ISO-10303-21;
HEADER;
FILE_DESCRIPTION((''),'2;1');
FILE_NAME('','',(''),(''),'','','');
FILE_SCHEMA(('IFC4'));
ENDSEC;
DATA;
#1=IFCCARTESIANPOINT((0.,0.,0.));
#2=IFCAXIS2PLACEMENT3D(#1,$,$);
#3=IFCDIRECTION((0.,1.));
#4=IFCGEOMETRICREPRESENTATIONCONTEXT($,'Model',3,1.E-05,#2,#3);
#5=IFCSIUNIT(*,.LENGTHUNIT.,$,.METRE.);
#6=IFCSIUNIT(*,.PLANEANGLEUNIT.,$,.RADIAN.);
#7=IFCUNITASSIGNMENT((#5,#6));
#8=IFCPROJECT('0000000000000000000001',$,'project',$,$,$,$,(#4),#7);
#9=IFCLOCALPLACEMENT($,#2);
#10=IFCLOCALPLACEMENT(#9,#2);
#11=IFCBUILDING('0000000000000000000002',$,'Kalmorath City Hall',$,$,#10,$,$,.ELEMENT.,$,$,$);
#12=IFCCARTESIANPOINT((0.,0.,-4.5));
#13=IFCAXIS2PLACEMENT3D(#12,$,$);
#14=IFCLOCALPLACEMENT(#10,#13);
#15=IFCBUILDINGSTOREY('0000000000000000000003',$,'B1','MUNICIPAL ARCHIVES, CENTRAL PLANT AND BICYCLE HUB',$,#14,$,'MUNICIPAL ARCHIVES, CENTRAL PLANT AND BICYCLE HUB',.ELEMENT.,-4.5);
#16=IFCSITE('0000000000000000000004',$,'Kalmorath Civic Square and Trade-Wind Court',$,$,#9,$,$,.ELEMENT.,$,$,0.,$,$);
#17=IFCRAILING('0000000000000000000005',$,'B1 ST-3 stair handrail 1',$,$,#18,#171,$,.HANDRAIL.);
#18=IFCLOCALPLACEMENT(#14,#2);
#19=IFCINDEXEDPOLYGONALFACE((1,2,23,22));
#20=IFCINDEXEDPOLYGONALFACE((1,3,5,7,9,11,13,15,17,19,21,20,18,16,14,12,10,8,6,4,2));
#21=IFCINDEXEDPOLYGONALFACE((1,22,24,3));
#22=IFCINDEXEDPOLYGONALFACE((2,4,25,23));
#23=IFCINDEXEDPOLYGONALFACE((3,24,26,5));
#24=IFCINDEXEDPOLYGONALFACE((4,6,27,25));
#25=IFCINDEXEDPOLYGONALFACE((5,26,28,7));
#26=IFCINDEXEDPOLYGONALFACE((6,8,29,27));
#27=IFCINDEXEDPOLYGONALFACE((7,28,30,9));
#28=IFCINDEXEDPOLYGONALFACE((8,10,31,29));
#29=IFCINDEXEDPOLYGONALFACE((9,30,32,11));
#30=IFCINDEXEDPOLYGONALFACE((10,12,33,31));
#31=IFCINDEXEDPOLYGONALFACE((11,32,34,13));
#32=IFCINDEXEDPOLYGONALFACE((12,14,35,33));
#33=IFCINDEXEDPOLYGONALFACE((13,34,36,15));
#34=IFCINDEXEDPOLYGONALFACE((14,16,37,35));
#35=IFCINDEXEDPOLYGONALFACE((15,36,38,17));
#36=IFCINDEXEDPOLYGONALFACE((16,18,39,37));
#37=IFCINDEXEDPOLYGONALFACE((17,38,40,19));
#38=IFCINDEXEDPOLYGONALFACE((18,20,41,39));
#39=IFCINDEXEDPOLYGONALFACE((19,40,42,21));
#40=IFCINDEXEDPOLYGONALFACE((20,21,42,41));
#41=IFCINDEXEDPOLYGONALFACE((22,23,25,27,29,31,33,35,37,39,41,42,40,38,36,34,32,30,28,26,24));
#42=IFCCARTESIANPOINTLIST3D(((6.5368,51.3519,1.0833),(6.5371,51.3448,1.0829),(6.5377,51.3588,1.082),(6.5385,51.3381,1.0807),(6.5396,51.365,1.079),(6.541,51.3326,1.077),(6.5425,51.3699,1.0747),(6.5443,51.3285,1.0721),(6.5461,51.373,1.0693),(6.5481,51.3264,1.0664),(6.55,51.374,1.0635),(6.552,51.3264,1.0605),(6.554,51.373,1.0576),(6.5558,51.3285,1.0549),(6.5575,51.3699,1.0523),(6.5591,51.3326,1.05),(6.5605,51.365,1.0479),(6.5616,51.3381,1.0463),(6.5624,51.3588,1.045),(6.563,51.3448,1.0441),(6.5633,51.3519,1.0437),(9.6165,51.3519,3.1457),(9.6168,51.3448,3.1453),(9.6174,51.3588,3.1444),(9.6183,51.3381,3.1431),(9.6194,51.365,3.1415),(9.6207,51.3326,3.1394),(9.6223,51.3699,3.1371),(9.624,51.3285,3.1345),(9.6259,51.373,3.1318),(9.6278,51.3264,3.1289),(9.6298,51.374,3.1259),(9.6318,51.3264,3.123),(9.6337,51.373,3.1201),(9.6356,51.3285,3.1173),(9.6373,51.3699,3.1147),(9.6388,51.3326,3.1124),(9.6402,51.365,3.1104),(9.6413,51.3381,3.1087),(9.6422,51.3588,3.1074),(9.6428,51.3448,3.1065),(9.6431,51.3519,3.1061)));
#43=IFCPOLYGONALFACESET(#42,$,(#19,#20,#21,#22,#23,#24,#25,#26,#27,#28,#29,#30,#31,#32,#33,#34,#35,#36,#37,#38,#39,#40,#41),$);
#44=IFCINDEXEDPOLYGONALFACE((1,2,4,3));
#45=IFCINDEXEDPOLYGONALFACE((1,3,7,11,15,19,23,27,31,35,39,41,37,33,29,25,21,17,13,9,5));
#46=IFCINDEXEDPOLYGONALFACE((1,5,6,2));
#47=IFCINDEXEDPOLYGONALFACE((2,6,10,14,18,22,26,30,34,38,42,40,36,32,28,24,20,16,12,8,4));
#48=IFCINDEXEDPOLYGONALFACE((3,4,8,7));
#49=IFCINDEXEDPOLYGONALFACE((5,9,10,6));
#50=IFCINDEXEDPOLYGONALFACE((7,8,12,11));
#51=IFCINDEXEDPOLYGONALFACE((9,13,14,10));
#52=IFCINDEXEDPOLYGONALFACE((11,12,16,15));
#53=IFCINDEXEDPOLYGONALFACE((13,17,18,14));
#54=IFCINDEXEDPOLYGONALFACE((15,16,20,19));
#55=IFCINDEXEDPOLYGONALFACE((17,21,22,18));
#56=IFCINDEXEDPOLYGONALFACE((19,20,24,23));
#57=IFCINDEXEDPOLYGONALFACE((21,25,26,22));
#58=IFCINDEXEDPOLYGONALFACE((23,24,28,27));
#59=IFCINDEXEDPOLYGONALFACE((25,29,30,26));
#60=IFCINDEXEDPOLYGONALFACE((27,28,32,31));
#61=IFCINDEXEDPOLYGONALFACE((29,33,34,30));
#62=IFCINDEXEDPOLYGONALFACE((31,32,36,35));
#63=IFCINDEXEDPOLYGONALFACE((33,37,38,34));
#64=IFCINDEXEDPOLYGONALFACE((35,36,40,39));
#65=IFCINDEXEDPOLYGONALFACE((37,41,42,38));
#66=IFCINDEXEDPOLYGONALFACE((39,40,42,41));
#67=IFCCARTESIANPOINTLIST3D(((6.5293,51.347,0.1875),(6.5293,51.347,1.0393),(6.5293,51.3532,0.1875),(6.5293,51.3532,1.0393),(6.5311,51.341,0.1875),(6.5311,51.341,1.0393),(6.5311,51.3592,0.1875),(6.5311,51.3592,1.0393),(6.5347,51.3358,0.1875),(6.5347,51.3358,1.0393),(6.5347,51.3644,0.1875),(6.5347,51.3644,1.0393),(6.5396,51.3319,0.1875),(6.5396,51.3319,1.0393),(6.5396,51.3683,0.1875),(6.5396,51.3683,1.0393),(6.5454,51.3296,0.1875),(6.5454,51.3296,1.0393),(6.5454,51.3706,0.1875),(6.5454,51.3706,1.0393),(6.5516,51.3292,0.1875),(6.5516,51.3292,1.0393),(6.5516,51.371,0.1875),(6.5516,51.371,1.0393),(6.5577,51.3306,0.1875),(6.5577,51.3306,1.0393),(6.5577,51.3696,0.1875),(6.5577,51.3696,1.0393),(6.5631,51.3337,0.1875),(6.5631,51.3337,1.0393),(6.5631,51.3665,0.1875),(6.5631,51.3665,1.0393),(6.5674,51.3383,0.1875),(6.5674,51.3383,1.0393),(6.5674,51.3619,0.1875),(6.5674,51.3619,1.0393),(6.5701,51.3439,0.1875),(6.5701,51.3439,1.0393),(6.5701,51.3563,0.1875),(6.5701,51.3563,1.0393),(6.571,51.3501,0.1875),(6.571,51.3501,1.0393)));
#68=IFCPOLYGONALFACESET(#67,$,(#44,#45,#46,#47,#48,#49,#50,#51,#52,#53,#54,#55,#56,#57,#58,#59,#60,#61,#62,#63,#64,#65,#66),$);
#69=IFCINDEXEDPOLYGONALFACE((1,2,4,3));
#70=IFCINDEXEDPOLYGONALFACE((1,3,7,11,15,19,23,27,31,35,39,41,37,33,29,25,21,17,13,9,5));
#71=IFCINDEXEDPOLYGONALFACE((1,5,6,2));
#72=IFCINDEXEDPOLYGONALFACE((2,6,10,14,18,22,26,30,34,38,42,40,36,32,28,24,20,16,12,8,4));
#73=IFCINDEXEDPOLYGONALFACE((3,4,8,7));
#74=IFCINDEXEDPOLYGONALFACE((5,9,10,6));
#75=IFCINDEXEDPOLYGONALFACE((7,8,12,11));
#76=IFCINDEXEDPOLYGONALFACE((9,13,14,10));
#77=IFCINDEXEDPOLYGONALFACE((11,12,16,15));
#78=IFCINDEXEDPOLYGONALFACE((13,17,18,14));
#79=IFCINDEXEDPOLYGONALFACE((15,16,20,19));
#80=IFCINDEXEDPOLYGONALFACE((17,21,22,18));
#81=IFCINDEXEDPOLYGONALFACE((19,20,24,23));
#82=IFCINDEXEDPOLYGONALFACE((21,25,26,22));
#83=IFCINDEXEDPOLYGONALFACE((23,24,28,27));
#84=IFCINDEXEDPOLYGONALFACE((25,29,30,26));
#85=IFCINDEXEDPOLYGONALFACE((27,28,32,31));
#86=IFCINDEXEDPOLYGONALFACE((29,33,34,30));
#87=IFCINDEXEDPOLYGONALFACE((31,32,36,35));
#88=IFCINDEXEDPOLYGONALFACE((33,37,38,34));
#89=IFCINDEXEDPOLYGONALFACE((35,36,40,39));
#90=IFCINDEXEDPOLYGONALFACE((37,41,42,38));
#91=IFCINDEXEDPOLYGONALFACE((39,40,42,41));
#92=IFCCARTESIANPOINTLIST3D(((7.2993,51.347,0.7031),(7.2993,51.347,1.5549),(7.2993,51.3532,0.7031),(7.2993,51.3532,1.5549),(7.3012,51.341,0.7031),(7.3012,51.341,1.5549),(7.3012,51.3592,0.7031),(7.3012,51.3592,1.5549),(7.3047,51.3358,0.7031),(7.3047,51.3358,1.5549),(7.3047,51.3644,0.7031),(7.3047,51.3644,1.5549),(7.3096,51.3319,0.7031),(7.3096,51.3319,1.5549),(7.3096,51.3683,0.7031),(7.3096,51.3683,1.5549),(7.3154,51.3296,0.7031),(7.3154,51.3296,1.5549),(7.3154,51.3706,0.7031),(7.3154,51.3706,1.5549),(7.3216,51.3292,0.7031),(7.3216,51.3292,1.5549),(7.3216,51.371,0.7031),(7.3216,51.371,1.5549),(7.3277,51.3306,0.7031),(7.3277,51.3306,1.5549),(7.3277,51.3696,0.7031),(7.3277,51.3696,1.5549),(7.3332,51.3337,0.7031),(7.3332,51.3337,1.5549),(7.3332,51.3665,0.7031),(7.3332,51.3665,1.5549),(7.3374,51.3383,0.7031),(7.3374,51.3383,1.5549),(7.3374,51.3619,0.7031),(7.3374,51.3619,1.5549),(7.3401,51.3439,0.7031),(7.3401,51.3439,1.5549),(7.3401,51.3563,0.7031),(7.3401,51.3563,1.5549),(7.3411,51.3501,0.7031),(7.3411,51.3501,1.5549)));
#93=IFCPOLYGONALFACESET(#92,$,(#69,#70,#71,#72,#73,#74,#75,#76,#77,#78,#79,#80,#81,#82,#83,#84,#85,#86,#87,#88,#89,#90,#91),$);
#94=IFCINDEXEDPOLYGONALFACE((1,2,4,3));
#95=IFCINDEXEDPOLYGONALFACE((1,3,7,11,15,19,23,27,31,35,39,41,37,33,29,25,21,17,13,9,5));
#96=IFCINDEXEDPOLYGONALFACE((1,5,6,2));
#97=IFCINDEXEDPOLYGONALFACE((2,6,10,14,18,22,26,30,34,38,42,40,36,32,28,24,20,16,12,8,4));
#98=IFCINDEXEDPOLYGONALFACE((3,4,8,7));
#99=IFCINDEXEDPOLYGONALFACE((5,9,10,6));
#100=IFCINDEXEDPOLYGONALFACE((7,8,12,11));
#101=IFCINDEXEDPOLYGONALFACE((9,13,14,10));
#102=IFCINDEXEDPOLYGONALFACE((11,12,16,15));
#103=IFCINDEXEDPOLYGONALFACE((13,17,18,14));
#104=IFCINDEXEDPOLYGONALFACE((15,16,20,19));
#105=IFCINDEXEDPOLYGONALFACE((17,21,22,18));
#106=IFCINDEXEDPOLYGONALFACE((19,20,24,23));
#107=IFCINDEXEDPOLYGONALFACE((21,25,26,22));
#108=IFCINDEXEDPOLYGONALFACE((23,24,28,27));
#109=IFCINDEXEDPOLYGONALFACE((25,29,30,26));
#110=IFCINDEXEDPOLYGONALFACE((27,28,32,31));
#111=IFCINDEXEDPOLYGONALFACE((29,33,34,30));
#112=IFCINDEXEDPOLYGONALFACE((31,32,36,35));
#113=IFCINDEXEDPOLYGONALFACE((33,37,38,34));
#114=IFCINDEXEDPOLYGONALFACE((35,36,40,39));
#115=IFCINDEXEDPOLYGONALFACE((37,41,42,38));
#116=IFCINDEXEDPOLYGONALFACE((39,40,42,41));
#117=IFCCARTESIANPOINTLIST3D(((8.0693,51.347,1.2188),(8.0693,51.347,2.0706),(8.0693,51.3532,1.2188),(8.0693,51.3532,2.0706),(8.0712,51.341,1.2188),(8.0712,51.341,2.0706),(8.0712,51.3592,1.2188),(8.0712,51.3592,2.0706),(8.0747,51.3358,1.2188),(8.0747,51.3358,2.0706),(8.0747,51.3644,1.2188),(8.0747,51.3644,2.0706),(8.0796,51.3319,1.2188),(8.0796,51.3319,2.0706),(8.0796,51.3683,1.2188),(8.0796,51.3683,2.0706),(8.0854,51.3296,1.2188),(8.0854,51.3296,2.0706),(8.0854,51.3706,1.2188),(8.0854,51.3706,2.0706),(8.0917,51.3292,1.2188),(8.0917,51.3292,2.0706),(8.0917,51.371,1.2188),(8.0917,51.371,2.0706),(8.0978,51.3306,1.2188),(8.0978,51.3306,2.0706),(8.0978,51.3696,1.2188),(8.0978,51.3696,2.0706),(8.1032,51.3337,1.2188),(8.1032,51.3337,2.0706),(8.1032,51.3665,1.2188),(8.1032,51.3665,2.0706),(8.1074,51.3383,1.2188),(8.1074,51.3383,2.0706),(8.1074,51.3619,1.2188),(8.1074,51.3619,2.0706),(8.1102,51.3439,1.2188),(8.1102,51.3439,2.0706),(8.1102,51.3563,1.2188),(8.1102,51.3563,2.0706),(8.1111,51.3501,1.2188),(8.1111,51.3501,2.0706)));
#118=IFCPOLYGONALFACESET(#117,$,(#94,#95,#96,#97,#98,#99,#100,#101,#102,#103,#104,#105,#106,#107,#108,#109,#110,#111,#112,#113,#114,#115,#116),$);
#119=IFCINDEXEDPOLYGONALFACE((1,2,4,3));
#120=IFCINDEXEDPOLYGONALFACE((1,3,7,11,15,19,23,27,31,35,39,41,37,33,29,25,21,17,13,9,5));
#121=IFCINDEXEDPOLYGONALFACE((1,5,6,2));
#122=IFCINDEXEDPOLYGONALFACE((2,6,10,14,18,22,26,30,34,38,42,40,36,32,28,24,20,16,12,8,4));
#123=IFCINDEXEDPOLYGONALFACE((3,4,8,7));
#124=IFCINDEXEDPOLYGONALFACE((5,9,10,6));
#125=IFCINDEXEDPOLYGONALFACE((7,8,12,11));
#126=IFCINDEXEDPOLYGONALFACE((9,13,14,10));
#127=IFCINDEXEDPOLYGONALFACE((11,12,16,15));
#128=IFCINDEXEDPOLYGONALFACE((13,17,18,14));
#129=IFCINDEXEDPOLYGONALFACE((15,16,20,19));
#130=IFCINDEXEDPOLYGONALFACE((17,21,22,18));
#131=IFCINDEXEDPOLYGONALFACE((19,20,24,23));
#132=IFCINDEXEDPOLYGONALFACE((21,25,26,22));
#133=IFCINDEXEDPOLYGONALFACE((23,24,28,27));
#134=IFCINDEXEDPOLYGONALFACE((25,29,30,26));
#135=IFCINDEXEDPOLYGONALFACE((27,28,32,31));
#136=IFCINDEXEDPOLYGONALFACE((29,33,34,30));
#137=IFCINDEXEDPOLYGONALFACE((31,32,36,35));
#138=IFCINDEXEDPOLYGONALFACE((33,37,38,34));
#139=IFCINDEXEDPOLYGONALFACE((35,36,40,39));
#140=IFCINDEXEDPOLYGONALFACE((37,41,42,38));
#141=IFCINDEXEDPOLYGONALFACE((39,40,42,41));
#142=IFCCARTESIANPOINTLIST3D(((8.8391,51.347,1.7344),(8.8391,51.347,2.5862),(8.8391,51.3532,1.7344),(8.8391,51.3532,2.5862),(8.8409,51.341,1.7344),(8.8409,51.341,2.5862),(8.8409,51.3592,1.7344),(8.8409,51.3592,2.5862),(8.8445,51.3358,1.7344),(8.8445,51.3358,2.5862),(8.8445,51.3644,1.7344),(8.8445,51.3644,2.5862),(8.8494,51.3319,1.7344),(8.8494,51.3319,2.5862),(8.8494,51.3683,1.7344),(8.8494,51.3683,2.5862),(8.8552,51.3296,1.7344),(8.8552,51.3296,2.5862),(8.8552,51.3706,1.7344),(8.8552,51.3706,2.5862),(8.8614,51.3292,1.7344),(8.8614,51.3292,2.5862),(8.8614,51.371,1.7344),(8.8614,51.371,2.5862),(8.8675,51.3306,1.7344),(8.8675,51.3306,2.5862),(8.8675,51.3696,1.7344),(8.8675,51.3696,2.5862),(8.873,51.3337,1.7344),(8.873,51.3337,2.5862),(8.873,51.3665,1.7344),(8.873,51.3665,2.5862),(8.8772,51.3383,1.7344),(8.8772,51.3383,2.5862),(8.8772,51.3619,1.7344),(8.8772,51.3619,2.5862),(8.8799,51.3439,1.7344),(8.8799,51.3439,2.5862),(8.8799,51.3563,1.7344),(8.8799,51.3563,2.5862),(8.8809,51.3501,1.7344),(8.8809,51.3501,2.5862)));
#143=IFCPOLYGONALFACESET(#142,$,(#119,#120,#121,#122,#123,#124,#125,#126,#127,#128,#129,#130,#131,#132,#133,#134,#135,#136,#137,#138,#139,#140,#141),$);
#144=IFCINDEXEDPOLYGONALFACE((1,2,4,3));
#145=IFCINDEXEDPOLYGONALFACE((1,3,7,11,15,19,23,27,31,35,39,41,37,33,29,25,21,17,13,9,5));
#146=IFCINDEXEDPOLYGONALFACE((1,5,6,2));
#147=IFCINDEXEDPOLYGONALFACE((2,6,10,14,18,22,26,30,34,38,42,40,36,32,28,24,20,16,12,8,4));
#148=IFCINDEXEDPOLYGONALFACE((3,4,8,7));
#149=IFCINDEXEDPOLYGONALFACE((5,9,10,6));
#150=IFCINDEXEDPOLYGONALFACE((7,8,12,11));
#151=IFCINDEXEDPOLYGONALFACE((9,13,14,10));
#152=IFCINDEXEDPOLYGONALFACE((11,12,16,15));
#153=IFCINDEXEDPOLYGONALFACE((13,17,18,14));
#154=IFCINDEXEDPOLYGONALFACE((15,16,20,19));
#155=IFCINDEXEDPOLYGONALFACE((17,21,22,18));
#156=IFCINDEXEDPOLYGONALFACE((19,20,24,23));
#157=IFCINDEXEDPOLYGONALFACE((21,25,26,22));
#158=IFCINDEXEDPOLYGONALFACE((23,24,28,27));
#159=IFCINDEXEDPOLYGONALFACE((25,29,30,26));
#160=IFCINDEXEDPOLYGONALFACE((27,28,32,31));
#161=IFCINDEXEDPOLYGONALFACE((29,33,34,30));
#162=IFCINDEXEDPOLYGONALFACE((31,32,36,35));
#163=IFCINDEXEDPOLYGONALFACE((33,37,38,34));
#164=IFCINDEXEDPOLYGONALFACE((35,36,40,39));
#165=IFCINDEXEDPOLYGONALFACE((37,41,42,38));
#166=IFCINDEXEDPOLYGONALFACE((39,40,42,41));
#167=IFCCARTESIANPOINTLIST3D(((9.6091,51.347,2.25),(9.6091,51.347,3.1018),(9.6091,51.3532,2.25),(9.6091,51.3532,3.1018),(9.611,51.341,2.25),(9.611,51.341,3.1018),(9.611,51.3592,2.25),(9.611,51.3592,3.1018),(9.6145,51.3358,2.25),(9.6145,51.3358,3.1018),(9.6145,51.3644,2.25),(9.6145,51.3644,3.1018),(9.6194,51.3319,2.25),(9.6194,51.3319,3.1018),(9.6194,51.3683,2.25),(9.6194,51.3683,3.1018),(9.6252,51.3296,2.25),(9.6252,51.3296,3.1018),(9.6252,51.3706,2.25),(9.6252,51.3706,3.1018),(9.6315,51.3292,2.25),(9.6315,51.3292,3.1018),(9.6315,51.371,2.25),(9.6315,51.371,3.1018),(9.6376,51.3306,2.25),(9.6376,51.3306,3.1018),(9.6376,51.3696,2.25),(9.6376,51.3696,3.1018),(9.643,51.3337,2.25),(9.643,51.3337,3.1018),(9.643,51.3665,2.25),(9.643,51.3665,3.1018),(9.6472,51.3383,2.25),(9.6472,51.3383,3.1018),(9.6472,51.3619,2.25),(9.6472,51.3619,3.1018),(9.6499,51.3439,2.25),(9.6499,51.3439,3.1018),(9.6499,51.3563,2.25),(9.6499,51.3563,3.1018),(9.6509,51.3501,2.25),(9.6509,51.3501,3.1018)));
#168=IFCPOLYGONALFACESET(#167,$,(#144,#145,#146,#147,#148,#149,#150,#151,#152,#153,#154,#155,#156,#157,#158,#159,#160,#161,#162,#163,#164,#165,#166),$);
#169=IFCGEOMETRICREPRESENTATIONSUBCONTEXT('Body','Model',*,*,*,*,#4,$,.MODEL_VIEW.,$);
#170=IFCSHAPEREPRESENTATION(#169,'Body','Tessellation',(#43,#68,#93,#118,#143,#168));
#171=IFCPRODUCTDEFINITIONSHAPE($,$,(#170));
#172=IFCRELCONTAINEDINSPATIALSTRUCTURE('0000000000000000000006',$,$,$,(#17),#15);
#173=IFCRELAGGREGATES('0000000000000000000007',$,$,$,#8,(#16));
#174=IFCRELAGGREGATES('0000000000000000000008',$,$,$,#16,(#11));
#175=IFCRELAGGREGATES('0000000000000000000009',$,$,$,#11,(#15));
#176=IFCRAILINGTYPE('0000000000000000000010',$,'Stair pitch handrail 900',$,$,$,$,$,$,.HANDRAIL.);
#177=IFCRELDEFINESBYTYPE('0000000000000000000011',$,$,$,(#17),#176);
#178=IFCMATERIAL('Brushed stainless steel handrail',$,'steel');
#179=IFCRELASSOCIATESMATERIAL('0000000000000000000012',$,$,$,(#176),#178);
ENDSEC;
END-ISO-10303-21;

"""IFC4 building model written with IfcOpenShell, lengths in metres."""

from ifc_helpers import new_model, si_unit, direction, frame, origin, origin_2d, place, context, subcontext, project, spatial, circle, extrude, material, type_object, element, save


model = new_model("IFC4")

# Units and contexts
model_context = context("Model", 3, precision=1e-05, world=origin(), true_north=direction((0.0, 1.0)))
body_context = subcontext(model_context, "Body", "Model", "MODEL_VIEW")
ifc_project = project(units=[si_unit("LENGTHUNIT", "METRE"), si_unit("PLANEANGLEUNIT", "RADIAN")], contexts=[model_context])

# Site, building, storey
site_placement = place(None, origin())
site = spatial("IfcSite", under=ifc_project, at=site_placement, Name="Kalmorath Civic Square and Trade-Wind Court", CompositionType="ELEMENT", RefElevation=0.0)
building_placement = place(site_placement, origin())
building = spatial("IfcBuilding", under=site, at=building_placement, Name="Kalmorath City Hall", CompositionType="ELEMENT")
storey_placement = place(building_placement, frame((0.0, 0.0, -4.5)))
storey = spatial("IfcBuildingStorey", under=building, at=storey_placement, Name="B1", Description="MUNICIPAL ARCHIVES, CENTRAL PLANT AND BICYCLE HUB", LongName="MUNICIPAL ARCHIVES, CENTRAL PLANT AND BICYCLE HUB", CompositionType="ELEMENT", Elevation=-4.5)

# Railing
ifc_material_1 = material(Name="Brushed stainless steel handrail", Category="steel")
railing_type_1 = type_object("IfcRailingType", Name="Stair pitch handrail 900", PredefinedType="HANDRAIL", material=ifc_material_1)
railing_1_placement = place(storey_placement, frame((6.55, 51.3501, 0.1875)))
element("IfcRailing", 1, at=railing_1_placement, inside=storey, type_object=railing_type_1, Name="B1 ST-3 stair handrail 1", PredefinedType="HANDRAIL", context=body_context, shape_type="SweptSolid", body=[
    extrude(circle(Radius=0.0239, at=origin_2d()), frame((0.0, 0.0, 0.876), z_axis=(0.830893, 0.0, 0.556432), x_axis=(0.0, 1.0, 0.0)), (0.0, 0.0, 1.0), 3.7065),
    extrude(circle(Radius=0.021, at=origin_2d()), origin(), (0.0, 0.0, 1.0), 0.8518),
    extrude(circle(Radius=0.021, at=origin_2d()), frame((0.77, 0.0, 0.5156)), (0.0, 0.0, 1.0), 0.8518),
    extrude(circle(Radius=0.021, at=origin_2d()), frame((1.54, 0.0, 1.0312)), (0.0, 0.0, 1.0), 0.8518),
    extrude(circle(Radius=0.021, at=origin_2d()), frame((2.3098, 0.0, 1.5469)), (0.0, 0.0, 1.0), 0.8518),
    extrude(circle(Radius=0.021, at=origin_2d()), frame((3.0798, 0.0, 2.0625)), (0.0, 0.0, 1.0), 0.8518),
])

save(model, "model.ifc")
